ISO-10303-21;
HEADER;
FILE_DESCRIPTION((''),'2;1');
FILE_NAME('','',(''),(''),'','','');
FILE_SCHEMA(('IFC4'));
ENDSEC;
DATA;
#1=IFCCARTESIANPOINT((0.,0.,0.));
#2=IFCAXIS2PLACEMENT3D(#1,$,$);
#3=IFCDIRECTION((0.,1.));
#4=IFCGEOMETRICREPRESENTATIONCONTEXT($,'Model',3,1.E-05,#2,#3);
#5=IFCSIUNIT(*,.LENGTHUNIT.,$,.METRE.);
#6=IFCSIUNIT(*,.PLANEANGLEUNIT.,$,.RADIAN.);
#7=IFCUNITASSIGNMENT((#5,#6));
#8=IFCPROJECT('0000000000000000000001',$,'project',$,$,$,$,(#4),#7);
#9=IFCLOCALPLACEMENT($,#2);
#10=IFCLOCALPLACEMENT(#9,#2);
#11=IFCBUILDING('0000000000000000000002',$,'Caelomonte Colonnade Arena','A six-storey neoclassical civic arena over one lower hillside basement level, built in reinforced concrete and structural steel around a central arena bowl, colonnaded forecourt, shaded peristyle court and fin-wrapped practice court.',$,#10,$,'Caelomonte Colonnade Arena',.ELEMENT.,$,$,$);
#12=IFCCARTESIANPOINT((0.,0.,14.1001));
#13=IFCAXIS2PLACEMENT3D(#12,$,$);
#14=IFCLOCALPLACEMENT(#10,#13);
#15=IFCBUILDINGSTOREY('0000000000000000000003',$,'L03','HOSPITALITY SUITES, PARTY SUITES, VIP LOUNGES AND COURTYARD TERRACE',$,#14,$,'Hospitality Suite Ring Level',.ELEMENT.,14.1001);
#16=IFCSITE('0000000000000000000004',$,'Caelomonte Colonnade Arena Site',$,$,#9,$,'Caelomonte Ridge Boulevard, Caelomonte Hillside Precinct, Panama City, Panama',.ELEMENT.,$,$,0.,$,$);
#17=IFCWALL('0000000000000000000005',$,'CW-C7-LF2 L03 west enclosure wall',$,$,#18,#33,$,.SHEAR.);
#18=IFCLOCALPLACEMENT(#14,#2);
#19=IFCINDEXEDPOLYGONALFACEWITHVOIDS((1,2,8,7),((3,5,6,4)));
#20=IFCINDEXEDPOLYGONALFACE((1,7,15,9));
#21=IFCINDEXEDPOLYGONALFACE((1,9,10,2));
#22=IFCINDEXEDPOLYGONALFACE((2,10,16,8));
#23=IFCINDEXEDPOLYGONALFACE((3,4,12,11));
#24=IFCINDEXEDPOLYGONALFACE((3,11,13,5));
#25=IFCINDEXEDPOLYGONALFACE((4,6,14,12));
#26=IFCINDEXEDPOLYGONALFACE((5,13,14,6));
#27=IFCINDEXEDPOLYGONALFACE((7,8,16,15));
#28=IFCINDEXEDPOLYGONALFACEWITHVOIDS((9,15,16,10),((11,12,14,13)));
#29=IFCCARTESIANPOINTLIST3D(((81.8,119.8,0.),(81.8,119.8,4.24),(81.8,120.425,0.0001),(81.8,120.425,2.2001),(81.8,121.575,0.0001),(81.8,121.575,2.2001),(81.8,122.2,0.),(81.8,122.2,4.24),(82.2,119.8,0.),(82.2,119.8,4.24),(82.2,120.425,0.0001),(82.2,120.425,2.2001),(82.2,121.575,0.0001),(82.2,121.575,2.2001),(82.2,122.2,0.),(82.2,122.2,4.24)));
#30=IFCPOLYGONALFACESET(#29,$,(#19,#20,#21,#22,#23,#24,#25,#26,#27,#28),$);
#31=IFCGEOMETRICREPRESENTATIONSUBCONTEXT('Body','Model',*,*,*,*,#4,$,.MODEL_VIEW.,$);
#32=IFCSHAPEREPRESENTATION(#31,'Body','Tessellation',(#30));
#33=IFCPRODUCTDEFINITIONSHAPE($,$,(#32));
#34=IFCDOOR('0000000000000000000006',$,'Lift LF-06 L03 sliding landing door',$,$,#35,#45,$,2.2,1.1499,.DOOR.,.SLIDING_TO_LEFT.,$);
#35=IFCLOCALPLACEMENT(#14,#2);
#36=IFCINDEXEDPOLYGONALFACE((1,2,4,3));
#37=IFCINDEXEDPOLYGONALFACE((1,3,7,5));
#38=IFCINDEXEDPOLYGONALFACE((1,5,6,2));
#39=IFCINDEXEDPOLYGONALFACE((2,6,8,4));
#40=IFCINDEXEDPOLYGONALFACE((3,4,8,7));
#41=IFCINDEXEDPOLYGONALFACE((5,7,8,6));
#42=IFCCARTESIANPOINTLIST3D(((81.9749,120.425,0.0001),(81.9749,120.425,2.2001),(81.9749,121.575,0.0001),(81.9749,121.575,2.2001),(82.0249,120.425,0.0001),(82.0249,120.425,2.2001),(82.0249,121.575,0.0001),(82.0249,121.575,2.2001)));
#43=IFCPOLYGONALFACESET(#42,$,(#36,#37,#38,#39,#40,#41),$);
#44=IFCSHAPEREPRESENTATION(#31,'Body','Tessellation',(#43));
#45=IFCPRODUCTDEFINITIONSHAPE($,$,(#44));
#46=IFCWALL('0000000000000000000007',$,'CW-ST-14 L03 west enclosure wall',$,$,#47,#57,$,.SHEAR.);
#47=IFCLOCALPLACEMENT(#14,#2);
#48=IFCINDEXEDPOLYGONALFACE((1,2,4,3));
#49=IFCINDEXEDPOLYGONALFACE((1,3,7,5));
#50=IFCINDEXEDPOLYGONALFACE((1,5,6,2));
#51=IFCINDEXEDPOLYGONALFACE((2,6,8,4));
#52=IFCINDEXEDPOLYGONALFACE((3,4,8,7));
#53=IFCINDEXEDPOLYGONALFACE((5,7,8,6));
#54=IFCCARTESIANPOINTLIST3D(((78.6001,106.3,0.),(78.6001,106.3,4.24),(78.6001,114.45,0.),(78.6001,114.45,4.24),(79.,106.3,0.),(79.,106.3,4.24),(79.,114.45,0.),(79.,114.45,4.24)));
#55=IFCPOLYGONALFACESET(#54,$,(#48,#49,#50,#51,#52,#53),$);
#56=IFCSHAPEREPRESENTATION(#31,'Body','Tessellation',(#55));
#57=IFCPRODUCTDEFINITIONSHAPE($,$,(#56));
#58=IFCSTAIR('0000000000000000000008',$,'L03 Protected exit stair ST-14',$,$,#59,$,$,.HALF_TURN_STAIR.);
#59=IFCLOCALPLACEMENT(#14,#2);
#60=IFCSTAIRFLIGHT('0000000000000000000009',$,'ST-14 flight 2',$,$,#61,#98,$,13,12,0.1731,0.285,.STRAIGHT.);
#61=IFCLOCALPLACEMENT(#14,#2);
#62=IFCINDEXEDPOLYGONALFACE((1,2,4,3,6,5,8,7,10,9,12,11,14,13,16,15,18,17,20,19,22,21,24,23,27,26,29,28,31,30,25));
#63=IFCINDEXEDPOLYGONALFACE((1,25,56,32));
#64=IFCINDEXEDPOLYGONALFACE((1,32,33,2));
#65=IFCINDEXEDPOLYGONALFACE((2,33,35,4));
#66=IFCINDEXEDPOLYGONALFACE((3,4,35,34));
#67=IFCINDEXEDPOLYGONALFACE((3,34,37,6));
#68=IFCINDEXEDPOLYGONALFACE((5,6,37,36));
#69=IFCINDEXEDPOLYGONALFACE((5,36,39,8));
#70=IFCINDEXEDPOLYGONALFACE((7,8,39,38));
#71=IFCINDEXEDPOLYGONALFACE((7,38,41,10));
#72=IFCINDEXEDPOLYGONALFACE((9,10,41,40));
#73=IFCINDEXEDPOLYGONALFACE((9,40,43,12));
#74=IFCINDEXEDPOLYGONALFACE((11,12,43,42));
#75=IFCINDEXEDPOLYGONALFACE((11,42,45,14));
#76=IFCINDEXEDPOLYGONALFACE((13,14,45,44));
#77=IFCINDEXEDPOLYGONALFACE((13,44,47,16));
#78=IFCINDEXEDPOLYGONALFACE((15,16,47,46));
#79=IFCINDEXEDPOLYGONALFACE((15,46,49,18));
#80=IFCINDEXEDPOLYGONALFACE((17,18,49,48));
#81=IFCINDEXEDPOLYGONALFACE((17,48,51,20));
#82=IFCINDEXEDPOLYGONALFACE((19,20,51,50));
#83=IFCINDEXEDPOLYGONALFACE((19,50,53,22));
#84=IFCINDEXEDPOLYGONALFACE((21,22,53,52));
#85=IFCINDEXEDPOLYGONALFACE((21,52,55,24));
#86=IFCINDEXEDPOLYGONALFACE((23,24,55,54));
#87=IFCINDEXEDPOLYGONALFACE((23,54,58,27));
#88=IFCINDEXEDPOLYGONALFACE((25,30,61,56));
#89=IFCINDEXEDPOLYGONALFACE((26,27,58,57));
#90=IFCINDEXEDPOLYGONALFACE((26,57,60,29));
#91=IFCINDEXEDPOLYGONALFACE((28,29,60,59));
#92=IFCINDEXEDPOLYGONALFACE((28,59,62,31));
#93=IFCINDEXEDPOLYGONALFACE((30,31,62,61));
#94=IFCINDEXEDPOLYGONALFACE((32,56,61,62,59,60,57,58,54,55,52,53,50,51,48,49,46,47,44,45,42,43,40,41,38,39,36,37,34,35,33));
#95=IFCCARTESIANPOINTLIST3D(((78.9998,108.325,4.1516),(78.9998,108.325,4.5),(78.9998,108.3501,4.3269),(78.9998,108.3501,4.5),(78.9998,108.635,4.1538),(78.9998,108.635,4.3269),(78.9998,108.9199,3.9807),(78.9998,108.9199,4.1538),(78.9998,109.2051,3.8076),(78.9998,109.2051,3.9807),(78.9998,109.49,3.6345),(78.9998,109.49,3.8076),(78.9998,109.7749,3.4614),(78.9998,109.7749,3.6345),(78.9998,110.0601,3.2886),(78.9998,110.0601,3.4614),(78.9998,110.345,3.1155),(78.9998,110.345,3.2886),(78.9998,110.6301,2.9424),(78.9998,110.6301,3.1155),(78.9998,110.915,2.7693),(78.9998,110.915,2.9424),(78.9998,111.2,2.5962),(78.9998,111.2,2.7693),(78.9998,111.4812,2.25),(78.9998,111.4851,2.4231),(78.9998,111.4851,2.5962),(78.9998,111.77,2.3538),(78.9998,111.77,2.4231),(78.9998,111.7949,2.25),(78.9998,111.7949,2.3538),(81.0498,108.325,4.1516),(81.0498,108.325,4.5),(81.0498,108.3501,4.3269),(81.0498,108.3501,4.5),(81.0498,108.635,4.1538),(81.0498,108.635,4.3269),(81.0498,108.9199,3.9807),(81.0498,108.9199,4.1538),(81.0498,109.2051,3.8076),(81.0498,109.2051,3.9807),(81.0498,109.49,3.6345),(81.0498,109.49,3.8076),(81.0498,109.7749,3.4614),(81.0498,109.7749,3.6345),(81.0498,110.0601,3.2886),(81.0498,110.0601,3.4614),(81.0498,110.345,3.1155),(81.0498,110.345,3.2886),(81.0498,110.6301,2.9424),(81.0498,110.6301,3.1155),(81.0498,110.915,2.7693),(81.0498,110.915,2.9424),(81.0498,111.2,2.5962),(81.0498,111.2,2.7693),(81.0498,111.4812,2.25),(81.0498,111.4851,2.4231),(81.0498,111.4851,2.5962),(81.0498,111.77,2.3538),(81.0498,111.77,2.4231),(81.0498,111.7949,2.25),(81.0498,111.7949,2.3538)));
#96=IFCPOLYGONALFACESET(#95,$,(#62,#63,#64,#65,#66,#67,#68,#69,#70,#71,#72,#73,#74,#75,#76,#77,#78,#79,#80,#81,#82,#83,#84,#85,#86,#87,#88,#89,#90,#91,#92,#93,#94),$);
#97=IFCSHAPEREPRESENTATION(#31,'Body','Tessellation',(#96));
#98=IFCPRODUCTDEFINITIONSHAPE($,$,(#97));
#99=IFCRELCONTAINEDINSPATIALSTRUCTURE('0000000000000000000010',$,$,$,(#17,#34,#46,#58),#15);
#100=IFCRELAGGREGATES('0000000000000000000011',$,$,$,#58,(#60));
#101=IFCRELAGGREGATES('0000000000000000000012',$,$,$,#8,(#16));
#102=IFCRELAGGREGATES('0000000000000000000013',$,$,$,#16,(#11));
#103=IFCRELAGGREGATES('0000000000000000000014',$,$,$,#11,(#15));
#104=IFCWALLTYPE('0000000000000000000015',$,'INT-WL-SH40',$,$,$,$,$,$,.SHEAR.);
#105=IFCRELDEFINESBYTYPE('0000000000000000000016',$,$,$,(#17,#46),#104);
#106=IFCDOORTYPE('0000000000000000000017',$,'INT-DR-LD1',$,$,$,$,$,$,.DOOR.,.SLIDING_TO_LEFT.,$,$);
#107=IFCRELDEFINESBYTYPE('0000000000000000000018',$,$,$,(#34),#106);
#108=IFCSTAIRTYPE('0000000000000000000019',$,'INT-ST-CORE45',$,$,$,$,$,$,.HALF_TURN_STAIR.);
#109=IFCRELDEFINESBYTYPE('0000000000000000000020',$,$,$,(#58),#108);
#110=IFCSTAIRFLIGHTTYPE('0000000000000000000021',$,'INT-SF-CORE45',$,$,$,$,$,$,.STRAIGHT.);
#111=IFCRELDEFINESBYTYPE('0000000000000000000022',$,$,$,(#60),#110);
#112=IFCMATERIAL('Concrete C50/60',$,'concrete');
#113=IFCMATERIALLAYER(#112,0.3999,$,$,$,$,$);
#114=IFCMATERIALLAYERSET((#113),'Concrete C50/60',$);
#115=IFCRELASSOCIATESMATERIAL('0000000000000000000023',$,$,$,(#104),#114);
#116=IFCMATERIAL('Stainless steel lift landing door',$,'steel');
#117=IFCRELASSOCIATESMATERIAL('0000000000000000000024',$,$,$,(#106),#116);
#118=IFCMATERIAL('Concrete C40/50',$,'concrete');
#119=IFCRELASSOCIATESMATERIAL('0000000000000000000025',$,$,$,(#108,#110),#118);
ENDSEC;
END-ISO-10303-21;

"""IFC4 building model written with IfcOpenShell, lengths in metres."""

from ifc_helpers import new_model, si_unit, direction, frame, frame_2d, origin, place, context, subcontext, project, spatial, polyline, rectangle, outline, extrude, material, layer, layer_set, type_object, element, fill, aggregate, save


model = new_model("IFC4")

# Units and contexts
model_context = context("Model", 3, precision=1e-05, world=origin(), true_north=direction((0.0, 1.0)))
body_context = subcontext(model_context, "Body", "Model", "MODEL_VIEW")
ifc_project = project(units=[si_unit("LENGTHUNIT", "METRE"), si_unit("PLANEANGLEUNIT", "RADIAN")], contexts=[model_context])

# Site, building, storey
site_placement = place(None, origin())
site = spatial("IfcSite", under=ifc_project, at=site_placement, Name="Caelomonte Colonnade Arena Site", LongName="Caelomonte Ridge Boulevard, Caelomonte Hillside Precinct, Panama City, Panama", CompositionType="ELEMENT", RefElevation=0.0)
building_placement = place(site_placement, origin())
building = spatial("IfcBuilding", under=site, at=building_placement, Name="Caelomonte Colonnade Arena", Description="A six-storey neoclassical civic arena over one lower hillside basement level, built in reinforced concrete and structural steel around a central arena bowl, colonnaded forecourt, shaded peristyle court and fin-wrapped practice court.", LongName="Caelomonte Colonnade Arena", CompositionType="ELEMENT")
storey_placement = place(building_placement, frame((0.0, 0.0, 14.1001)))
storey = spatial("IfcBuildingStorey", under=building, at=storey_placement, Name="L03", Description="HOSPITALITY SUITES, PARTY SUITES, VIP LOUNGES AND COURTYARD TERRACE", LongName="Hospitality Suite Ring Level", CompositionType="ELEMENT", Elevation=14.1001)

# Shared definitions
ifc_material_1 = material(Name="Concrete C40/50", Category="concrete")

# Shared definitions
ifc_material_2 = material(Name="Concrete C50/60", Category="concrete")
ifc_layer_1 = layer(ifc_material_2, 0.3999)
ifc_layer_set_1 = layer_set([ifc_layer_1], Name="Concrete C50/60")
wall_type_1 = type_object("IfcWallType", Name="INT-WL-SH40", PredefinedType="SHEAR", material=ifc_layer_set_1)

# Wall, opening, door
ifc_material_3 = material(Name="Stainless steel lift landing door", Category="steel")
door_type_1 = type_object("IfcDoorType", Name="INT-DR-LD1", OperationType="SLIDING_TO_LEFT", PredefinedType="DOOR", material=ifc_material_3)
wall_1_placement = place(storey_placement, frame((82.0, 122.2, 0.0), z_axis=(0.0, 0.0, 1.0), x_axis=(0.0, -1.0, 0.0)))
wall_1 = element("IfcWall", 1, at=wall_1_placement, inside=storey, type_object=wall_type_1, Name="CW-C7-LF2 L03 west enclosure wall", PredefinedType="SHEAR", context=body_context, shape_type="SweptSolid", body=[
    extrude(rectangle(XDim=2.3999, YDim=0.3999, at=frame_2d((1.2, 0.0))), origin(), (0.0, 0.0, 1.0), 4.24),
])
opening_1_placement = place(wall_1_placement, frame((0.625, 0.0, 0.0), z_axis=(0.0, 0.0, 1.0), x_axis=(1.0, 0.0, 0.0)))
opening_1 = element("IfcOpeningElement", 2, at=opening_1_placement, cuts=wall_1, PredefinedType="OPENING", context=body_context, shape_type="SweptSolid", body=[
    extrude(rectangle(XDim=1.1499, YDim=2.2, at=frame_2d((0.575, 1.1001))), frame((0.0, 0.21, 0.0), z_axis=(0.0, -1.0, 0.0), x_axis=(1.0, 0.0, 0.0)), (0.0, 0.0, 1.0), 0.4199),
])
door_1_placement = place(opening_1_placement, origin())
door_1 = element("IfcDoor", 3, at=door_1_placement, inside=storey, type_object=door_type_1, Name="Lift LF-06 L03 sliding landing door", OperationType="SLIDING_TO_LEFT", OverallHeight=2.2, OverallWidth=1.1499, PredefinedType="DOOR", context=body_context, shape_type="SweptSolid", body=[
    extrude(rectangle(XDim=1.1499, YDim=2.2, at=frame_2d((0.575, 1.1001))), frame((0.0, 0.0249, 0.0), z_axis=(0.0, -1.0, 0.0), x_axis=(1.0, 0.0, 0.0)), (0.0, 0.0, 1.0), 0.05),
])
fill(opening_1, door_1)

# Wall
wall_2_placement = place(storey_placement, frame((78.8, 114.45, 0.0), z_axis=(0.0, 0.0, 1.0), x_axis=(0.0, -1.0, 0.0)))
element("IfcWall", 4, at=wall_2_placement, inside=storey, type_object=wall_type_1, Name="CW-ST-14 L03 west enclosure wall", PredefinedType="SHEAR", context=body_context, shape_type="SweptSolid", body=[
    extrude(rectangle(XDim=8.1499, YDim=0.3999, at=frame_2d((4.075, 0.0))), origin(), (0.0, 0.0, 1.0), 4.24),
])

# Stair, stair flight
stair_type = type_object("IfcStairType", Name="INT-ST-CORE45", PredefinedType="HALF_TURN_STAIR", material=ifc_material_1)
stair_placement = place(storey_placement, origin())
stair = element("IfcStair", 5, at=stair_placement, inside=storey, type_object=stair_type, Name="L03 Protected exit stair ST-14", PredefinedType="HALF_TURN_STAIR")
stair_flight_type = type_object("IfcStairFlightType", Name="INT-SF-CORE45", PredefinedType="STRAIGHT", material=ifc_material_1)
stair_flight_placement = place(storey_placement, frame((80.0249, 111.77, 2.25), z_axis=(0.0, 0.0, 1.0), x_axis=(0.0, -1.0, 0.0)))
stair_flight = element("IfcStairFlight", 6, at=stair_flight_placement, type_object=stair_flight_type, Name="ST-14 flight 2", NumberOfRisers=13, NumberOfTreads=12, PredefinedType="STRAIGHT", RiserHeight=0.1731, TreadLength=0.285, context=body_context, shape_type="SweptSolid", body=[
    extrude(outline(polyline([(-0.0249, 0.0), (-0.0249, 0.1038), (0.0, 0.1038), (0.0, 0.1731), (0.2849, 0.1731), (0.2849, 0.3462), (0.5701, 0.3462), (0.5701, 0.5193), (0.855, 0.5193), (0.855, 0.6924), (1.1399, 0.6924), (1.1399, 0.8655), (1.425, 0.8655), (1.425, 1.0386), (1.71, 1.0386), (1.71, 1.2114), (1.9951, 1.2114), (1.9951, 1.3845), (2.28, 1.3845), (2.28, 1.5576), (2.5649, 1.5576), (2.5649, 1.7307), (2.8501, 1.7307), (2.8501, 1.9038), (3.135, 1.9038), (3.135, 2.0769), (3.4199, 2.0769), (3.4199, 2.25), (3.4451, 2.25), (3.4451, 1.9016), (0.2888, 0.0), (-0.0249, 0.0)])), frame((0.0, 1.0249, 0.0), z_axis=(0.0, -1.0, 0.0), x_axis=(1.0, 0.0, 0.0)), (0.0, 0.0, 1.0), 2.05),
])
aggregate(stair, [stair_flight])

save(model, "model.ifc")
